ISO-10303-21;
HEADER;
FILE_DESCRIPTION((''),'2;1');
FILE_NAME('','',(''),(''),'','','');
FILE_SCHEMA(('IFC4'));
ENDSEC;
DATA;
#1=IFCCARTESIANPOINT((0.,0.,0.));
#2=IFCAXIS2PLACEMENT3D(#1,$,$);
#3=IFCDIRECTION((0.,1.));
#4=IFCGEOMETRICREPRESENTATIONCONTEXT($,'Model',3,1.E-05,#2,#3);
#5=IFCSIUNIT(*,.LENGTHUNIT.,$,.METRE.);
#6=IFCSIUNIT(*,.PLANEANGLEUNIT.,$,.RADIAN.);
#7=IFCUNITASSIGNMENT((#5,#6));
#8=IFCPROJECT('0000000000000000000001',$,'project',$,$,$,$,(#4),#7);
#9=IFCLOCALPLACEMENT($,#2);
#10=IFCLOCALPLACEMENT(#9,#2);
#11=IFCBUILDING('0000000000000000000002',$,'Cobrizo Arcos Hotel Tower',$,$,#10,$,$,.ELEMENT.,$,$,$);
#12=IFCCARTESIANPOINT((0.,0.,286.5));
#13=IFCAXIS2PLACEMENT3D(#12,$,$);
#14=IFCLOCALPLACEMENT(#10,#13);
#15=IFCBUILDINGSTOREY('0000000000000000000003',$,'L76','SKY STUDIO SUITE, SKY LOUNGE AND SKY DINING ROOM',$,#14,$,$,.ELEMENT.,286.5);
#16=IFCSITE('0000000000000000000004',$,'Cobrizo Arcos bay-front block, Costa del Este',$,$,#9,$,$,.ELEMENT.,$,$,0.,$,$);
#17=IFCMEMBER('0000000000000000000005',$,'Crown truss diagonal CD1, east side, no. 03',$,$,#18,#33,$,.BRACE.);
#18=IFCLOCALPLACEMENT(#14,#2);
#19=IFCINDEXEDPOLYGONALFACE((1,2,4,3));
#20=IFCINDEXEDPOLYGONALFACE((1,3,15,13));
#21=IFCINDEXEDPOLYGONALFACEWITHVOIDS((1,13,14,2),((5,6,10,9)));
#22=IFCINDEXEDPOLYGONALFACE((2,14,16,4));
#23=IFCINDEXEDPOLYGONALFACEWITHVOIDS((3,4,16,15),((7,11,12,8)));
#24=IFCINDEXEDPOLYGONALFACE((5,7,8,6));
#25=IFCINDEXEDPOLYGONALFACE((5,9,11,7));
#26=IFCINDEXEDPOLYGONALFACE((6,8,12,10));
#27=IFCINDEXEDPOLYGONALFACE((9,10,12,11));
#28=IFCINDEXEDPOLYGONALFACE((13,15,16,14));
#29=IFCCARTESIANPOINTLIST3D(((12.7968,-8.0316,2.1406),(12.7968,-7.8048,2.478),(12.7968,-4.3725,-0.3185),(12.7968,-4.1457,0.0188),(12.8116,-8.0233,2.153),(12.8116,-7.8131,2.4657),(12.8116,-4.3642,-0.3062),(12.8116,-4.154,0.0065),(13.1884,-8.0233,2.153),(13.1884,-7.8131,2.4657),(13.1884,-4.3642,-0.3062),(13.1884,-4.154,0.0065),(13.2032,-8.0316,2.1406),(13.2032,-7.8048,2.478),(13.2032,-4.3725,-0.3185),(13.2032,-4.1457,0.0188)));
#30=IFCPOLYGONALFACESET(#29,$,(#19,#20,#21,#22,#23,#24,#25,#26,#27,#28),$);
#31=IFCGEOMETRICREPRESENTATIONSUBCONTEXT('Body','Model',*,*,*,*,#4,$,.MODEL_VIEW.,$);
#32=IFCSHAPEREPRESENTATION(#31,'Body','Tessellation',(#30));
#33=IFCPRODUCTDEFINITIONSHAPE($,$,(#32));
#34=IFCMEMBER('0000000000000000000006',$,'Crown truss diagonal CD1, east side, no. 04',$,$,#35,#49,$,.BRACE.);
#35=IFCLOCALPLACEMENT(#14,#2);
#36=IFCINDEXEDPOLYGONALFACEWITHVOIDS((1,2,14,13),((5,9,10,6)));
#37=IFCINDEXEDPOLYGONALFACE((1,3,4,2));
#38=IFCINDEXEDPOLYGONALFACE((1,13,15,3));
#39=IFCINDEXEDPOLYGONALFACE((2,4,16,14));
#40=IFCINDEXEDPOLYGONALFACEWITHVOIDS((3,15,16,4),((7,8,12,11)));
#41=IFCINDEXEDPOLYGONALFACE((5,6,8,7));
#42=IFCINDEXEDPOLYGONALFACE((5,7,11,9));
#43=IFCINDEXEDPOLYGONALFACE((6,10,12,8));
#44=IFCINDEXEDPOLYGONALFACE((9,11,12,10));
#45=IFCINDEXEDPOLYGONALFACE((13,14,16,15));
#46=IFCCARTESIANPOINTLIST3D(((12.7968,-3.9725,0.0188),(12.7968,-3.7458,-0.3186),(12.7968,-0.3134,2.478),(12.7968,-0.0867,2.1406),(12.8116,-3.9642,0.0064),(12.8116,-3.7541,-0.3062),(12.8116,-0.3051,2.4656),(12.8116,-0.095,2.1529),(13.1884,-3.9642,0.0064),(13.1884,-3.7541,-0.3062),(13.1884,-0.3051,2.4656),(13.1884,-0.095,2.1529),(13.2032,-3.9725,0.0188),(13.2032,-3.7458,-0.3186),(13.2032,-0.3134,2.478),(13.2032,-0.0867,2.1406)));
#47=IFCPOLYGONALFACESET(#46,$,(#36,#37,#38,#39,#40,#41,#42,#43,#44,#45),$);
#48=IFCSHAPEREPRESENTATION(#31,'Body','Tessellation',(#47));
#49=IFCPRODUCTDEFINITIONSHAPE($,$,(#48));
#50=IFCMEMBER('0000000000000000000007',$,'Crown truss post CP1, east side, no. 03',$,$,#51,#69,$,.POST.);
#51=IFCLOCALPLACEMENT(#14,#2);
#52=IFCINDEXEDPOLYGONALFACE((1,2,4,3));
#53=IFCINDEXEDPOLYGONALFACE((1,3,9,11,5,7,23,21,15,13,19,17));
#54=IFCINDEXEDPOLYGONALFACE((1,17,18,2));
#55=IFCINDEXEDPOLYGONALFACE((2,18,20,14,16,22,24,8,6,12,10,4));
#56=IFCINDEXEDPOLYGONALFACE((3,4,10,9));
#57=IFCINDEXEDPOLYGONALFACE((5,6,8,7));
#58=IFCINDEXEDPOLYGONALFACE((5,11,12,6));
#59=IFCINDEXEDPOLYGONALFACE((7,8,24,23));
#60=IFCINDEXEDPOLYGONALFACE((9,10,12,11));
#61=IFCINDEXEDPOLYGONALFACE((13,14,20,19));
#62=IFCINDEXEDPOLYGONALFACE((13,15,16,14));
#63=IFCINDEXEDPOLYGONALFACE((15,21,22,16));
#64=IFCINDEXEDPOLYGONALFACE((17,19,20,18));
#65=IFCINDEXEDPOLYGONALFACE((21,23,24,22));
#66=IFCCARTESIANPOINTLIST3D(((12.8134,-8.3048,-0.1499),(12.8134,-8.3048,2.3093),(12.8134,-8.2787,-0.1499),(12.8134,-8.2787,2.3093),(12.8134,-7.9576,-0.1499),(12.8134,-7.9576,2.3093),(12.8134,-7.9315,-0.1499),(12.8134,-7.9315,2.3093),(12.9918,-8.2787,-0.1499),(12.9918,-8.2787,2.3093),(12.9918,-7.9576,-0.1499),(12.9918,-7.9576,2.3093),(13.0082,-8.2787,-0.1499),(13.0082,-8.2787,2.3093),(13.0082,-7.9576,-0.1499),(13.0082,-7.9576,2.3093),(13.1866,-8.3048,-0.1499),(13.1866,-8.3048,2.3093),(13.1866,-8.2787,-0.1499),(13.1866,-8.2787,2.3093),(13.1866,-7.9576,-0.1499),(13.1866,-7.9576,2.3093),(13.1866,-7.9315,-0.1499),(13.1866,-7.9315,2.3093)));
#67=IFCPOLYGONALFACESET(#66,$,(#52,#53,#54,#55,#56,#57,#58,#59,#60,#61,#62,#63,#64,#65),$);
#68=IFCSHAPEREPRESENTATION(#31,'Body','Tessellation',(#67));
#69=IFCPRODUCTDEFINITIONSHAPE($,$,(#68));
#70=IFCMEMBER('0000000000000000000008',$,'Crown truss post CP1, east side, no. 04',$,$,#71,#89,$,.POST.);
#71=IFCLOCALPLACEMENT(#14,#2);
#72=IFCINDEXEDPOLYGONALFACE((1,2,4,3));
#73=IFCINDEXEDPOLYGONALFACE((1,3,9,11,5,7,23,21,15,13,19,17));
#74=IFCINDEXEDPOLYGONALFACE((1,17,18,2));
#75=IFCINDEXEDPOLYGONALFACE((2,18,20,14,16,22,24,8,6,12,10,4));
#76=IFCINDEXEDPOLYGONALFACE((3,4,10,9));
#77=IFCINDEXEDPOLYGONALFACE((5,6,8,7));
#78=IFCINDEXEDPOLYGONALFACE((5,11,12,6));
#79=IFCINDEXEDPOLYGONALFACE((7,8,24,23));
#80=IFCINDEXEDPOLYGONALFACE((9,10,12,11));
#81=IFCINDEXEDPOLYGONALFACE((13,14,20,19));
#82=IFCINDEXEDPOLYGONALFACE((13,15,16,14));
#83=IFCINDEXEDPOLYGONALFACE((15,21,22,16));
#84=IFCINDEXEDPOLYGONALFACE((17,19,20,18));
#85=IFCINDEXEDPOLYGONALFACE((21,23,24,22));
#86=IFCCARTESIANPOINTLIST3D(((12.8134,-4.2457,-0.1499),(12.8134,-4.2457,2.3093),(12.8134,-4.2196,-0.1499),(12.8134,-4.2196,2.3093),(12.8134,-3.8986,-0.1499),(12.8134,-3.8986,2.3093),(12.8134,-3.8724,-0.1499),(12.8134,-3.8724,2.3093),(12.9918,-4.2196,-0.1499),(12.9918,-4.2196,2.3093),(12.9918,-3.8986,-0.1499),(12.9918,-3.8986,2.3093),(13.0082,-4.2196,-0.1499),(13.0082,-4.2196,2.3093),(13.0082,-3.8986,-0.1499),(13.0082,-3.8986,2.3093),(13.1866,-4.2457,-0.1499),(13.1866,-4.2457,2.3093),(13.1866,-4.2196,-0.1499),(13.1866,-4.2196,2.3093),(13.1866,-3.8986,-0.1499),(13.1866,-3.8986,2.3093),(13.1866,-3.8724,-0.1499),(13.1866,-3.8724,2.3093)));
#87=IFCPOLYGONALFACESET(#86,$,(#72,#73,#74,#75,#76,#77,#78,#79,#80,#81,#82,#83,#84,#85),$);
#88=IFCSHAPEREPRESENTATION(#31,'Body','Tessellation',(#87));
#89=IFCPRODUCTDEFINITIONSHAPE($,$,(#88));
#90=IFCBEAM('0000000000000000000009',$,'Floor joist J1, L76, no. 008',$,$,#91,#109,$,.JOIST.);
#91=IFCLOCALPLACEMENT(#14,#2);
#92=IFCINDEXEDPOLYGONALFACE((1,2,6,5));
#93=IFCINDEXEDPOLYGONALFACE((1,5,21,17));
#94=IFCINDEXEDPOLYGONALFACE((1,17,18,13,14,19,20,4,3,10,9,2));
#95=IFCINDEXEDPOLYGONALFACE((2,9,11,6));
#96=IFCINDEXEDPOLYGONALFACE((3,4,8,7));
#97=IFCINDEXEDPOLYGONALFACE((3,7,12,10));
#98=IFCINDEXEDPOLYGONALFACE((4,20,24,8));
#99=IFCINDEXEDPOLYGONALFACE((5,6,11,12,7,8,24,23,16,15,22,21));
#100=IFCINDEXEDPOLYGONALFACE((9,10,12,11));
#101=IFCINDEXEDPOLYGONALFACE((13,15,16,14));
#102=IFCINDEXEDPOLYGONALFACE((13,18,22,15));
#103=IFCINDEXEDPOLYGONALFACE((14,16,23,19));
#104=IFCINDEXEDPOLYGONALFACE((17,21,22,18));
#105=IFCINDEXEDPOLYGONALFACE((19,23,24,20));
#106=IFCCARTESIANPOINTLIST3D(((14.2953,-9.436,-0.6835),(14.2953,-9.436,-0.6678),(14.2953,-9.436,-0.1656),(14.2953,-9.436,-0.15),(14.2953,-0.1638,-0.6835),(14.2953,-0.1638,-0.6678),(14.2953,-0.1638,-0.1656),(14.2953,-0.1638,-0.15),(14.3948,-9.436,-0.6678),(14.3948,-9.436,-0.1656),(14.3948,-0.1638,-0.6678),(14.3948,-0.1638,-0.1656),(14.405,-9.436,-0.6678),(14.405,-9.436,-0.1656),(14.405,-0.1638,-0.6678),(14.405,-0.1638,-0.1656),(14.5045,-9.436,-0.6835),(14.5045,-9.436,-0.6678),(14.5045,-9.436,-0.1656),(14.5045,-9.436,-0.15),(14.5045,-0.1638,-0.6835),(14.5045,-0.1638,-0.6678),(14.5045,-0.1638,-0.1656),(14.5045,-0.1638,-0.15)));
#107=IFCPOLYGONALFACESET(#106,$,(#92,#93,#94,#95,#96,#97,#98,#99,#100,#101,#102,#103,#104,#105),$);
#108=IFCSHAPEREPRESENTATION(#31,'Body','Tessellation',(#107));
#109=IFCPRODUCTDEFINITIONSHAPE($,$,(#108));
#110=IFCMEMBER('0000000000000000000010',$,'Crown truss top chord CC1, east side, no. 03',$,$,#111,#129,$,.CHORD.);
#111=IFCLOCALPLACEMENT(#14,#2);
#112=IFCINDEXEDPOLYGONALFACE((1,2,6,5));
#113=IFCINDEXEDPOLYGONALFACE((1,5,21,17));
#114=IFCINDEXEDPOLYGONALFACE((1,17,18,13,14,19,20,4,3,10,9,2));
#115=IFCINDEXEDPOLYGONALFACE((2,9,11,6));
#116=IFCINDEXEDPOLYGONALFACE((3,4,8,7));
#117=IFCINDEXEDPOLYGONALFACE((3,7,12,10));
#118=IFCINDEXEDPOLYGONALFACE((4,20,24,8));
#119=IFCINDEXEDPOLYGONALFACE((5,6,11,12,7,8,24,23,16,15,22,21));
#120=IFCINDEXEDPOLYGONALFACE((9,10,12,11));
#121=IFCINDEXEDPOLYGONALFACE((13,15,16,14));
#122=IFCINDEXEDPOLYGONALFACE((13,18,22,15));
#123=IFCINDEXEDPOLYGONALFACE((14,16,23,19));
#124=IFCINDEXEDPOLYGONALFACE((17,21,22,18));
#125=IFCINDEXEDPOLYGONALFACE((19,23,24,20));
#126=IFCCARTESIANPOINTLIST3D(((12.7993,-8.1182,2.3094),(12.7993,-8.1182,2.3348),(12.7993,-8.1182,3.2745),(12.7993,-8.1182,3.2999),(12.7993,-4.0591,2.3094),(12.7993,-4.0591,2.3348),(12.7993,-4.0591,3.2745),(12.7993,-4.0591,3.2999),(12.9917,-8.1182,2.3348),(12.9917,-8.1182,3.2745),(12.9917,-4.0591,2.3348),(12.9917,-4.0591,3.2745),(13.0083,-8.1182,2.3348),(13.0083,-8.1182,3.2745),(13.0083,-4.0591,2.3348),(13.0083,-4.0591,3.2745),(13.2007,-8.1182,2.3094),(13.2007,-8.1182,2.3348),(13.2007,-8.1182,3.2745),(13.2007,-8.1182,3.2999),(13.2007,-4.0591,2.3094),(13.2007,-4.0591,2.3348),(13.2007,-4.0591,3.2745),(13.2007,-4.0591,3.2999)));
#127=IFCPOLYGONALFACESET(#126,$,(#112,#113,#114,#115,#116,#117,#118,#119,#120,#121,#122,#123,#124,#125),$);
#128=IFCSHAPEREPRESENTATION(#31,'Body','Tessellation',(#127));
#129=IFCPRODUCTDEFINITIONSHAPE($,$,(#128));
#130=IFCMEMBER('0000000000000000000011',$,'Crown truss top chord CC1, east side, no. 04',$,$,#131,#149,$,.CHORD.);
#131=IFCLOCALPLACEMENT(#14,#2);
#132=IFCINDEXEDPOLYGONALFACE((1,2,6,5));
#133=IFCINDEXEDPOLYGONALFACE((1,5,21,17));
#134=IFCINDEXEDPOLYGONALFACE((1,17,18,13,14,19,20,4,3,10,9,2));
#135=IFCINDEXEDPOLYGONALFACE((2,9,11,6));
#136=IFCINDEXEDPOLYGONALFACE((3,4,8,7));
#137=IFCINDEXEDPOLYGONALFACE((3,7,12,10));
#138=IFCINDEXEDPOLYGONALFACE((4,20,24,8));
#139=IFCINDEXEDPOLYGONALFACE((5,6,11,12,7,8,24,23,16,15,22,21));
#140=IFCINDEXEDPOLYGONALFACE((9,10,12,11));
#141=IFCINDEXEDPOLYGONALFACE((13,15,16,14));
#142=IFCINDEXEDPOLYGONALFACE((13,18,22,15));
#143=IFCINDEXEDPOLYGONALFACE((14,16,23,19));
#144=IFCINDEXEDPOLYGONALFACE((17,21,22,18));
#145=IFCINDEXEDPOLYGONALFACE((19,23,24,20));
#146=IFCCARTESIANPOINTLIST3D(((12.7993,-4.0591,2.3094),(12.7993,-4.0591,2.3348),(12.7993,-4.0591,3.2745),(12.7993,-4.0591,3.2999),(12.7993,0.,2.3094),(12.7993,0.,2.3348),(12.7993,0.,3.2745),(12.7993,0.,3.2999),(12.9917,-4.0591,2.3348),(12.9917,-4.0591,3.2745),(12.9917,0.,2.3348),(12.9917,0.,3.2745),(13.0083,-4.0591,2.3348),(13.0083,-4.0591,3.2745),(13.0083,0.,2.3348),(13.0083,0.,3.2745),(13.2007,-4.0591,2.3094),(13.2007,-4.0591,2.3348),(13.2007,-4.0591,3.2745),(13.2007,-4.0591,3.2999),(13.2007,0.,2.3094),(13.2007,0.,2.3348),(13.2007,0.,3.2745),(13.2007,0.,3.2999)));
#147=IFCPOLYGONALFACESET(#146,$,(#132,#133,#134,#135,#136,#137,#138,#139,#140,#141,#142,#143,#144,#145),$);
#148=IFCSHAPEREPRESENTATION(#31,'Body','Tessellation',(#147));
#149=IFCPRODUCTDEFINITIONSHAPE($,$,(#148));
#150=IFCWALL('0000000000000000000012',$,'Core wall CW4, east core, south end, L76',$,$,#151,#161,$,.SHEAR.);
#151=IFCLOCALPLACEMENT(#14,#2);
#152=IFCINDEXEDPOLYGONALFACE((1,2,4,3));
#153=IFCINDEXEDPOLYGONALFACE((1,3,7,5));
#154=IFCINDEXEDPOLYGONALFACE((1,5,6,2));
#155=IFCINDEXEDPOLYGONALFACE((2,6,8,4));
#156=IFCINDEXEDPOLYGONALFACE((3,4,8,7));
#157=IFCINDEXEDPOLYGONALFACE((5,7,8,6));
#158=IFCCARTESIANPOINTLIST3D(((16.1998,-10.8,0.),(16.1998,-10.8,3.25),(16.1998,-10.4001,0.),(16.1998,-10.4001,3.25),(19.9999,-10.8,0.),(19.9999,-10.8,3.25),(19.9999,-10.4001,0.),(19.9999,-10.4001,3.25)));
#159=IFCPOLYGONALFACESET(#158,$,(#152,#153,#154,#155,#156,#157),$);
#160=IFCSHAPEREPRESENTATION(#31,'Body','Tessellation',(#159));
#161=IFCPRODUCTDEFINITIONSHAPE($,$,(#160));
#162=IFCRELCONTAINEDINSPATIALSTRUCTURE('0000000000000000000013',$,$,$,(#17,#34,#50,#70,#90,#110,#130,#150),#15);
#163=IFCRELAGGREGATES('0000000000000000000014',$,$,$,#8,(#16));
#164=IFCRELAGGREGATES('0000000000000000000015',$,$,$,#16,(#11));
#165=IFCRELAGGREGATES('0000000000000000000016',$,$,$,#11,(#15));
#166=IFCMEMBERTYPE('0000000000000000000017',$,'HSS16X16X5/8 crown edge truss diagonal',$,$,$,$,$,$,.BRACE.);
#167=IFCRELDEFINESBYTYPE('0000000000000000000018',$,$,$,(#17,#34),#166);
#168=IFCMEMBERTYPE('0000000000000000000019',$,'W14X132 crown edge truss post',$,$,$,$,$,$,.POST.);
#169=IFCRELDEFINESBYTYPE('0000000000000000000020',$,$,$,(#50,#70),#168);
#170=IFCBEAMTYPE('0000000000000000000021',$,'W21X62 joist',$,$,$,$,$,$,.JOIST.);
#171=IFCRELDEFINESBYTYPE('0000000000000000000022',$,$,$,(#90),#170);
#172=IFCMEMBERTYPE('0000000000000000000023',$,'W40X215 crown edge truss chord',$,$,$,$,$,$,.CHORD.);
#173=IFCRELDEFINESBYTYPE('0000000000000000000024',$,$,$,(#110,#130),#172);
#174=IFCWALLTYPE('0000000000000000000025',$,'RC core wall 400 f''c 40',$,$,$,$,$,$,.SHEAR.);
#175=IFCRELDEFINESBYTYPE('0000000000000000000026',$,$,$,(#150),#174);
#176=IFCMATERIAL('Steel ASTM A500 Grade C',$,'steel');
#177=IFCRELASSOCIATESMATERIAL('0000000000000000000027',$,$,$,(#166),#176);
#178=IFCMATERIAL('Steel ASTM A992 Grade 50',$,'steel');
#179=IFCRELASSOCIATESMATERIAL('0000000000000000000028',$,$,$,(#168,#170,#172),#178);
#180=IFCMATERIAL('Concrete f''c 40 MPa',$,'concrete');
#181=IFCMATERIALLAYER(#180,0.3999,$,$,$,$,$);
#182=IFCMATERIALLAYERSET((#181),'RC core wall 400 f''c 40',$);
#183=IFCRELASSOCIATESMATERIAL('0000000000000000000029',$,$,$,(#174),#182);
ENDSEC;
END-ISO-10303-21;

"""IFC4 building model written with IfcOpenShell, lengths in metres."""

from ifc_helpers import new_model, si_unit, direction, frame, frame_2d, origin, origin_2d, place, context, subcontext, project, spatial, rectangle, hollow_rectangle, i_section, extrude, material, layer, layer_set, material_profile, profile_set, type_object, element, save


model = new_model("IFC4")

# Units and contexts
model_context = context("Model", 3, precision=1e-05, world=origin(), true_north=direction((0.0, 1.0)))
body_context = subcontext(model_context, "Body", "Model", "MODEL_VIEW")
ifc_project = project(units=[si_unit("LENGTHUNIT", "METRE"), si_unit("PLANEANGLEUNIT", "RADIAN")], contexts=[model_context])

# Site, building, storey
site_placement = place(None, origin())
site = spatial("IfcSite", under=ifc_project, at=site_placement, Name="Cobrizo Arcos bay-front block, Costa del Este", CompositionType="ELEMENT", RefElevation=0.0)
building_placement = place(site_placement, origin())
building = spatial("IfcBuilding", under=site, at=building_placement, Name="Cobrizo Arcos Hotel Tower", CompositionType="ELEMENT")
storey_placement = place(building_placement, frame((0.0, 0.0, 286.5)))
storey = spatial("IfcBuildingStorey", under=building, at=storey_placement, Name="L76", Description="SKY STUDIO SUITE, SKY LOUNGE AND SKY DINING ROOM", CompositionType="ELEMENT", Elevation=286.5)

# Members
ifc_material_1 = material(Name="Steel ASTM A500 Grade C", Category="steel")
ifc_material_profile_1 = material_profile(ifc_material_1, hollow_rectangle(XDim=0.4065, YDim=0.4065, WallThickness=0.0149, at=origin_2d()), Name="HSS16X16X5/8")
ifc_profile_set_1 = profile_set([ifc_material_profile_1], Name="Steel ASTM A500 Grade C")
member_type_1 = type_object("IfcMemberType", Name="HSS16X16X5/8 crown edge truss diagonal", PredefinedType="BRACE", material=ifc_profile_set_1)
for number, where, z_axis, x_axis, name in (
    (1, (13.0, -7.9182, 2.3093), (0.0, 0.829974, -0.557802), (-1.0, 0.0, 0.0), "Crown truss diagonal CD1, east side, no. 03"),
    (2, (13.0, -3.8591, -0.1499), (0.0, 0.829974, 0.557802), (-1.0, 0.0, 0.0), "Crown truss diagonal CD1, east side, no. 04"),
):
    element("IfcMember", number, at=place(storey_placement, frame(where, z_axis=z_axis, x_axis=x_axis)), inside=storey, type_object=member_type_1, Name=name, PredefinedType="BRACE", context=body_context, shape_type="SweptSolid", body=[
        extrude(hollow_rectangle(XDim=0.4065, YDim=0.4065, WallThickness=0.0149, at=origin_2d()), origin(), (0.0, 0.0, 1.0), 4.4087),
    ])
ifc_material_2 = material(Name="Steel ASTM A992 Grade 50", Category="steel")
ifc_material_profile_2 = material_profile(ifc_material_2, i_section(OverallWidth=0.3733, OverallDepth=0.3733, WebThickness=0.0164, FlangeThickness=0.0261, at=origin_2d()), Name="W14X132")
ifc_profile_set_2 = profile_set([ifc_material_profile_2], Name="Steel ASTM A992 Grade 50")
member_type_2 = type_object("IfcMemberType", Name="W14X132 crown edge truss post", PredefinedType="POST", material=ifc_profile_set_2)
for number, where, z_axis, x_axis, name in (
    (3, (13.0, -8.1182, -0.1499), (0.0, 0.0, 1.0), (1.0, 0.0, 0.0), "Crown truss post CP1, east side, no. 03"),
    (4, (13.0, -4.0591, -0.1499), (0.0, 0.0, 1.0), (1.0, 0.0, 0.0), "Crown truss post CP1, east side, no. 04"),
):
    element("IfcMember", number, at=place(storey_placement, frame(where, z_axis=z_axis, x_axis=x_axis)), inside=storey, type_object=member_type_2, Name=name, PredefinedType="POST", context=body_context, shape_type="SweptSolid", body=[
        extrude(i_section(OverallWidth=0.3733, OverallDepth=0.3733, WebThickness=0.0164, FlangeThickness=0.0261, at=origin_2d()), origin(), (0.0, 0.0, 1.0), 2.4592),
    ])

# Beam
ifc_material_profile_3 = material_profile(ifc_material_2, i_section(OverallWidth=0.2092, OverallDepth=0.5334, WebThickness=0.0103, FlangeThickness=0.0156, at=origin_2d()), Name="W21X62")
ifc_profile_set_3 = profile_set([ifc_material_profile_3], Name="Steel ASTM A992 Grade 50")
beam_type = type_object("IfcBeamType", Name="W21X62 joist", PredefinedType="JOIST", material=ifc_profile_set_3)
beam_placement = place(storey_placement, frame((14.3999, -9.436, -0.4167), z_axis=(0.0, 1.0, 0.0), x_axis=(-1.0, 0.0, 0.0)))
element("IfcBeam", 5, at=beam_placement, inside=storey, type_object=beam_type, Name="Floor joist J1, L76, no. 008", PredefinedType="JOIST", context=body_context, shape_type="SweptSolid", body=[
    extrude(i_section(OverallWidth=0.2092, OverallDepth=0.5334, WebThickness=0.0103, FlangeThickness=0.0156, at=origin_2d()), origin(), (0.0, 0.0, 1.0), 9.2722),
])

# Members
ifc_material_profile_4 = material_profile(ifc_material_2, i_section(OverallWidth=0.4014, OverallDepth=0.9905, WebThickness=0.0166, FlangeThickness=0.0254, at=origin_2d()), Name="W40X215")
ifc_profile_set_4 = profile_set([ifc_material_profile_4], Name="Steel ASTM A992 Grade 50")
member_type_3 = type_object("IfcMemberType", Name="W40X215 crown edge truss chord", PredefinedType="CHORD", material=ifc_profile_set_4)
for number, where, z_axis, x_axis, name in (
    (6, (13.0, -8.1182, 2.8047), (0.0, 1.0, 0.0), (-1.0, 0.0, 0.0), "Crown truss top chord CC1, east side, no. 03"),
    (7, (13.0, -4.0591, 2.8047), (0.0, 1.0, 0.0), (-1.0, 0.0, 0.0), "Crown truss top chord CC1, east side, no. 04"),
):
    element("IfcMember", number, at=place(storey_placement, frame(where, z_axis=z_axis, x_axis=x_axis)), inside=storey, type_object=member_type_3, Name=name, PredefinedType="CHORD", context=body_context, shape_type="SweptSolid", body=[
        extrude(i_section(OverallWidth=0.4014, OverallDepth=0.9905, WebThickness=0.0166, FlangeThickness=0.0254, at=origin_2d()), origin(), (0.0, 0.0, 1.0), 4.0591),
    ])

# Wall
ifc_material_3 = material(Name="Concrete f'c 40 MPa", Category="concrete")
ifc_layer_1 = layer(ifc_material_3, 0.3999)
ifc_layer_set_1 = layer_set([ifc_layer_1], Name="RC core wall 400 f'c 40")
wall_type_1 = type_object("IfcWallType", Name="RC core wall 400 f'c 40", PredefinedType="SHEAR", material=ifc_layer_set_1)
wall_1_placement = place(storey_placement, frame((16.2, -10.6001, 0.0), z_axis=(0.0, 0.0, 1.0), x_axis=(1.0, 0.0, 0.0)))
element("IfcWall", 8, at=wall_1_placement, inside=storey, type_object=wall_type_1, Name="Core wall CW4, east core, south end, L76", PredefinedType="SHEAR", context=body_context, shape_type="SweptSolid", body=[
    extrude(rectangle(XDim=3.8, YDim=0.3999, at=frame_2d((1.8999, 0.0))), origin(), (0.0, 0.0, 1.0), 3.25),
])

save(model, "model.ifc")
